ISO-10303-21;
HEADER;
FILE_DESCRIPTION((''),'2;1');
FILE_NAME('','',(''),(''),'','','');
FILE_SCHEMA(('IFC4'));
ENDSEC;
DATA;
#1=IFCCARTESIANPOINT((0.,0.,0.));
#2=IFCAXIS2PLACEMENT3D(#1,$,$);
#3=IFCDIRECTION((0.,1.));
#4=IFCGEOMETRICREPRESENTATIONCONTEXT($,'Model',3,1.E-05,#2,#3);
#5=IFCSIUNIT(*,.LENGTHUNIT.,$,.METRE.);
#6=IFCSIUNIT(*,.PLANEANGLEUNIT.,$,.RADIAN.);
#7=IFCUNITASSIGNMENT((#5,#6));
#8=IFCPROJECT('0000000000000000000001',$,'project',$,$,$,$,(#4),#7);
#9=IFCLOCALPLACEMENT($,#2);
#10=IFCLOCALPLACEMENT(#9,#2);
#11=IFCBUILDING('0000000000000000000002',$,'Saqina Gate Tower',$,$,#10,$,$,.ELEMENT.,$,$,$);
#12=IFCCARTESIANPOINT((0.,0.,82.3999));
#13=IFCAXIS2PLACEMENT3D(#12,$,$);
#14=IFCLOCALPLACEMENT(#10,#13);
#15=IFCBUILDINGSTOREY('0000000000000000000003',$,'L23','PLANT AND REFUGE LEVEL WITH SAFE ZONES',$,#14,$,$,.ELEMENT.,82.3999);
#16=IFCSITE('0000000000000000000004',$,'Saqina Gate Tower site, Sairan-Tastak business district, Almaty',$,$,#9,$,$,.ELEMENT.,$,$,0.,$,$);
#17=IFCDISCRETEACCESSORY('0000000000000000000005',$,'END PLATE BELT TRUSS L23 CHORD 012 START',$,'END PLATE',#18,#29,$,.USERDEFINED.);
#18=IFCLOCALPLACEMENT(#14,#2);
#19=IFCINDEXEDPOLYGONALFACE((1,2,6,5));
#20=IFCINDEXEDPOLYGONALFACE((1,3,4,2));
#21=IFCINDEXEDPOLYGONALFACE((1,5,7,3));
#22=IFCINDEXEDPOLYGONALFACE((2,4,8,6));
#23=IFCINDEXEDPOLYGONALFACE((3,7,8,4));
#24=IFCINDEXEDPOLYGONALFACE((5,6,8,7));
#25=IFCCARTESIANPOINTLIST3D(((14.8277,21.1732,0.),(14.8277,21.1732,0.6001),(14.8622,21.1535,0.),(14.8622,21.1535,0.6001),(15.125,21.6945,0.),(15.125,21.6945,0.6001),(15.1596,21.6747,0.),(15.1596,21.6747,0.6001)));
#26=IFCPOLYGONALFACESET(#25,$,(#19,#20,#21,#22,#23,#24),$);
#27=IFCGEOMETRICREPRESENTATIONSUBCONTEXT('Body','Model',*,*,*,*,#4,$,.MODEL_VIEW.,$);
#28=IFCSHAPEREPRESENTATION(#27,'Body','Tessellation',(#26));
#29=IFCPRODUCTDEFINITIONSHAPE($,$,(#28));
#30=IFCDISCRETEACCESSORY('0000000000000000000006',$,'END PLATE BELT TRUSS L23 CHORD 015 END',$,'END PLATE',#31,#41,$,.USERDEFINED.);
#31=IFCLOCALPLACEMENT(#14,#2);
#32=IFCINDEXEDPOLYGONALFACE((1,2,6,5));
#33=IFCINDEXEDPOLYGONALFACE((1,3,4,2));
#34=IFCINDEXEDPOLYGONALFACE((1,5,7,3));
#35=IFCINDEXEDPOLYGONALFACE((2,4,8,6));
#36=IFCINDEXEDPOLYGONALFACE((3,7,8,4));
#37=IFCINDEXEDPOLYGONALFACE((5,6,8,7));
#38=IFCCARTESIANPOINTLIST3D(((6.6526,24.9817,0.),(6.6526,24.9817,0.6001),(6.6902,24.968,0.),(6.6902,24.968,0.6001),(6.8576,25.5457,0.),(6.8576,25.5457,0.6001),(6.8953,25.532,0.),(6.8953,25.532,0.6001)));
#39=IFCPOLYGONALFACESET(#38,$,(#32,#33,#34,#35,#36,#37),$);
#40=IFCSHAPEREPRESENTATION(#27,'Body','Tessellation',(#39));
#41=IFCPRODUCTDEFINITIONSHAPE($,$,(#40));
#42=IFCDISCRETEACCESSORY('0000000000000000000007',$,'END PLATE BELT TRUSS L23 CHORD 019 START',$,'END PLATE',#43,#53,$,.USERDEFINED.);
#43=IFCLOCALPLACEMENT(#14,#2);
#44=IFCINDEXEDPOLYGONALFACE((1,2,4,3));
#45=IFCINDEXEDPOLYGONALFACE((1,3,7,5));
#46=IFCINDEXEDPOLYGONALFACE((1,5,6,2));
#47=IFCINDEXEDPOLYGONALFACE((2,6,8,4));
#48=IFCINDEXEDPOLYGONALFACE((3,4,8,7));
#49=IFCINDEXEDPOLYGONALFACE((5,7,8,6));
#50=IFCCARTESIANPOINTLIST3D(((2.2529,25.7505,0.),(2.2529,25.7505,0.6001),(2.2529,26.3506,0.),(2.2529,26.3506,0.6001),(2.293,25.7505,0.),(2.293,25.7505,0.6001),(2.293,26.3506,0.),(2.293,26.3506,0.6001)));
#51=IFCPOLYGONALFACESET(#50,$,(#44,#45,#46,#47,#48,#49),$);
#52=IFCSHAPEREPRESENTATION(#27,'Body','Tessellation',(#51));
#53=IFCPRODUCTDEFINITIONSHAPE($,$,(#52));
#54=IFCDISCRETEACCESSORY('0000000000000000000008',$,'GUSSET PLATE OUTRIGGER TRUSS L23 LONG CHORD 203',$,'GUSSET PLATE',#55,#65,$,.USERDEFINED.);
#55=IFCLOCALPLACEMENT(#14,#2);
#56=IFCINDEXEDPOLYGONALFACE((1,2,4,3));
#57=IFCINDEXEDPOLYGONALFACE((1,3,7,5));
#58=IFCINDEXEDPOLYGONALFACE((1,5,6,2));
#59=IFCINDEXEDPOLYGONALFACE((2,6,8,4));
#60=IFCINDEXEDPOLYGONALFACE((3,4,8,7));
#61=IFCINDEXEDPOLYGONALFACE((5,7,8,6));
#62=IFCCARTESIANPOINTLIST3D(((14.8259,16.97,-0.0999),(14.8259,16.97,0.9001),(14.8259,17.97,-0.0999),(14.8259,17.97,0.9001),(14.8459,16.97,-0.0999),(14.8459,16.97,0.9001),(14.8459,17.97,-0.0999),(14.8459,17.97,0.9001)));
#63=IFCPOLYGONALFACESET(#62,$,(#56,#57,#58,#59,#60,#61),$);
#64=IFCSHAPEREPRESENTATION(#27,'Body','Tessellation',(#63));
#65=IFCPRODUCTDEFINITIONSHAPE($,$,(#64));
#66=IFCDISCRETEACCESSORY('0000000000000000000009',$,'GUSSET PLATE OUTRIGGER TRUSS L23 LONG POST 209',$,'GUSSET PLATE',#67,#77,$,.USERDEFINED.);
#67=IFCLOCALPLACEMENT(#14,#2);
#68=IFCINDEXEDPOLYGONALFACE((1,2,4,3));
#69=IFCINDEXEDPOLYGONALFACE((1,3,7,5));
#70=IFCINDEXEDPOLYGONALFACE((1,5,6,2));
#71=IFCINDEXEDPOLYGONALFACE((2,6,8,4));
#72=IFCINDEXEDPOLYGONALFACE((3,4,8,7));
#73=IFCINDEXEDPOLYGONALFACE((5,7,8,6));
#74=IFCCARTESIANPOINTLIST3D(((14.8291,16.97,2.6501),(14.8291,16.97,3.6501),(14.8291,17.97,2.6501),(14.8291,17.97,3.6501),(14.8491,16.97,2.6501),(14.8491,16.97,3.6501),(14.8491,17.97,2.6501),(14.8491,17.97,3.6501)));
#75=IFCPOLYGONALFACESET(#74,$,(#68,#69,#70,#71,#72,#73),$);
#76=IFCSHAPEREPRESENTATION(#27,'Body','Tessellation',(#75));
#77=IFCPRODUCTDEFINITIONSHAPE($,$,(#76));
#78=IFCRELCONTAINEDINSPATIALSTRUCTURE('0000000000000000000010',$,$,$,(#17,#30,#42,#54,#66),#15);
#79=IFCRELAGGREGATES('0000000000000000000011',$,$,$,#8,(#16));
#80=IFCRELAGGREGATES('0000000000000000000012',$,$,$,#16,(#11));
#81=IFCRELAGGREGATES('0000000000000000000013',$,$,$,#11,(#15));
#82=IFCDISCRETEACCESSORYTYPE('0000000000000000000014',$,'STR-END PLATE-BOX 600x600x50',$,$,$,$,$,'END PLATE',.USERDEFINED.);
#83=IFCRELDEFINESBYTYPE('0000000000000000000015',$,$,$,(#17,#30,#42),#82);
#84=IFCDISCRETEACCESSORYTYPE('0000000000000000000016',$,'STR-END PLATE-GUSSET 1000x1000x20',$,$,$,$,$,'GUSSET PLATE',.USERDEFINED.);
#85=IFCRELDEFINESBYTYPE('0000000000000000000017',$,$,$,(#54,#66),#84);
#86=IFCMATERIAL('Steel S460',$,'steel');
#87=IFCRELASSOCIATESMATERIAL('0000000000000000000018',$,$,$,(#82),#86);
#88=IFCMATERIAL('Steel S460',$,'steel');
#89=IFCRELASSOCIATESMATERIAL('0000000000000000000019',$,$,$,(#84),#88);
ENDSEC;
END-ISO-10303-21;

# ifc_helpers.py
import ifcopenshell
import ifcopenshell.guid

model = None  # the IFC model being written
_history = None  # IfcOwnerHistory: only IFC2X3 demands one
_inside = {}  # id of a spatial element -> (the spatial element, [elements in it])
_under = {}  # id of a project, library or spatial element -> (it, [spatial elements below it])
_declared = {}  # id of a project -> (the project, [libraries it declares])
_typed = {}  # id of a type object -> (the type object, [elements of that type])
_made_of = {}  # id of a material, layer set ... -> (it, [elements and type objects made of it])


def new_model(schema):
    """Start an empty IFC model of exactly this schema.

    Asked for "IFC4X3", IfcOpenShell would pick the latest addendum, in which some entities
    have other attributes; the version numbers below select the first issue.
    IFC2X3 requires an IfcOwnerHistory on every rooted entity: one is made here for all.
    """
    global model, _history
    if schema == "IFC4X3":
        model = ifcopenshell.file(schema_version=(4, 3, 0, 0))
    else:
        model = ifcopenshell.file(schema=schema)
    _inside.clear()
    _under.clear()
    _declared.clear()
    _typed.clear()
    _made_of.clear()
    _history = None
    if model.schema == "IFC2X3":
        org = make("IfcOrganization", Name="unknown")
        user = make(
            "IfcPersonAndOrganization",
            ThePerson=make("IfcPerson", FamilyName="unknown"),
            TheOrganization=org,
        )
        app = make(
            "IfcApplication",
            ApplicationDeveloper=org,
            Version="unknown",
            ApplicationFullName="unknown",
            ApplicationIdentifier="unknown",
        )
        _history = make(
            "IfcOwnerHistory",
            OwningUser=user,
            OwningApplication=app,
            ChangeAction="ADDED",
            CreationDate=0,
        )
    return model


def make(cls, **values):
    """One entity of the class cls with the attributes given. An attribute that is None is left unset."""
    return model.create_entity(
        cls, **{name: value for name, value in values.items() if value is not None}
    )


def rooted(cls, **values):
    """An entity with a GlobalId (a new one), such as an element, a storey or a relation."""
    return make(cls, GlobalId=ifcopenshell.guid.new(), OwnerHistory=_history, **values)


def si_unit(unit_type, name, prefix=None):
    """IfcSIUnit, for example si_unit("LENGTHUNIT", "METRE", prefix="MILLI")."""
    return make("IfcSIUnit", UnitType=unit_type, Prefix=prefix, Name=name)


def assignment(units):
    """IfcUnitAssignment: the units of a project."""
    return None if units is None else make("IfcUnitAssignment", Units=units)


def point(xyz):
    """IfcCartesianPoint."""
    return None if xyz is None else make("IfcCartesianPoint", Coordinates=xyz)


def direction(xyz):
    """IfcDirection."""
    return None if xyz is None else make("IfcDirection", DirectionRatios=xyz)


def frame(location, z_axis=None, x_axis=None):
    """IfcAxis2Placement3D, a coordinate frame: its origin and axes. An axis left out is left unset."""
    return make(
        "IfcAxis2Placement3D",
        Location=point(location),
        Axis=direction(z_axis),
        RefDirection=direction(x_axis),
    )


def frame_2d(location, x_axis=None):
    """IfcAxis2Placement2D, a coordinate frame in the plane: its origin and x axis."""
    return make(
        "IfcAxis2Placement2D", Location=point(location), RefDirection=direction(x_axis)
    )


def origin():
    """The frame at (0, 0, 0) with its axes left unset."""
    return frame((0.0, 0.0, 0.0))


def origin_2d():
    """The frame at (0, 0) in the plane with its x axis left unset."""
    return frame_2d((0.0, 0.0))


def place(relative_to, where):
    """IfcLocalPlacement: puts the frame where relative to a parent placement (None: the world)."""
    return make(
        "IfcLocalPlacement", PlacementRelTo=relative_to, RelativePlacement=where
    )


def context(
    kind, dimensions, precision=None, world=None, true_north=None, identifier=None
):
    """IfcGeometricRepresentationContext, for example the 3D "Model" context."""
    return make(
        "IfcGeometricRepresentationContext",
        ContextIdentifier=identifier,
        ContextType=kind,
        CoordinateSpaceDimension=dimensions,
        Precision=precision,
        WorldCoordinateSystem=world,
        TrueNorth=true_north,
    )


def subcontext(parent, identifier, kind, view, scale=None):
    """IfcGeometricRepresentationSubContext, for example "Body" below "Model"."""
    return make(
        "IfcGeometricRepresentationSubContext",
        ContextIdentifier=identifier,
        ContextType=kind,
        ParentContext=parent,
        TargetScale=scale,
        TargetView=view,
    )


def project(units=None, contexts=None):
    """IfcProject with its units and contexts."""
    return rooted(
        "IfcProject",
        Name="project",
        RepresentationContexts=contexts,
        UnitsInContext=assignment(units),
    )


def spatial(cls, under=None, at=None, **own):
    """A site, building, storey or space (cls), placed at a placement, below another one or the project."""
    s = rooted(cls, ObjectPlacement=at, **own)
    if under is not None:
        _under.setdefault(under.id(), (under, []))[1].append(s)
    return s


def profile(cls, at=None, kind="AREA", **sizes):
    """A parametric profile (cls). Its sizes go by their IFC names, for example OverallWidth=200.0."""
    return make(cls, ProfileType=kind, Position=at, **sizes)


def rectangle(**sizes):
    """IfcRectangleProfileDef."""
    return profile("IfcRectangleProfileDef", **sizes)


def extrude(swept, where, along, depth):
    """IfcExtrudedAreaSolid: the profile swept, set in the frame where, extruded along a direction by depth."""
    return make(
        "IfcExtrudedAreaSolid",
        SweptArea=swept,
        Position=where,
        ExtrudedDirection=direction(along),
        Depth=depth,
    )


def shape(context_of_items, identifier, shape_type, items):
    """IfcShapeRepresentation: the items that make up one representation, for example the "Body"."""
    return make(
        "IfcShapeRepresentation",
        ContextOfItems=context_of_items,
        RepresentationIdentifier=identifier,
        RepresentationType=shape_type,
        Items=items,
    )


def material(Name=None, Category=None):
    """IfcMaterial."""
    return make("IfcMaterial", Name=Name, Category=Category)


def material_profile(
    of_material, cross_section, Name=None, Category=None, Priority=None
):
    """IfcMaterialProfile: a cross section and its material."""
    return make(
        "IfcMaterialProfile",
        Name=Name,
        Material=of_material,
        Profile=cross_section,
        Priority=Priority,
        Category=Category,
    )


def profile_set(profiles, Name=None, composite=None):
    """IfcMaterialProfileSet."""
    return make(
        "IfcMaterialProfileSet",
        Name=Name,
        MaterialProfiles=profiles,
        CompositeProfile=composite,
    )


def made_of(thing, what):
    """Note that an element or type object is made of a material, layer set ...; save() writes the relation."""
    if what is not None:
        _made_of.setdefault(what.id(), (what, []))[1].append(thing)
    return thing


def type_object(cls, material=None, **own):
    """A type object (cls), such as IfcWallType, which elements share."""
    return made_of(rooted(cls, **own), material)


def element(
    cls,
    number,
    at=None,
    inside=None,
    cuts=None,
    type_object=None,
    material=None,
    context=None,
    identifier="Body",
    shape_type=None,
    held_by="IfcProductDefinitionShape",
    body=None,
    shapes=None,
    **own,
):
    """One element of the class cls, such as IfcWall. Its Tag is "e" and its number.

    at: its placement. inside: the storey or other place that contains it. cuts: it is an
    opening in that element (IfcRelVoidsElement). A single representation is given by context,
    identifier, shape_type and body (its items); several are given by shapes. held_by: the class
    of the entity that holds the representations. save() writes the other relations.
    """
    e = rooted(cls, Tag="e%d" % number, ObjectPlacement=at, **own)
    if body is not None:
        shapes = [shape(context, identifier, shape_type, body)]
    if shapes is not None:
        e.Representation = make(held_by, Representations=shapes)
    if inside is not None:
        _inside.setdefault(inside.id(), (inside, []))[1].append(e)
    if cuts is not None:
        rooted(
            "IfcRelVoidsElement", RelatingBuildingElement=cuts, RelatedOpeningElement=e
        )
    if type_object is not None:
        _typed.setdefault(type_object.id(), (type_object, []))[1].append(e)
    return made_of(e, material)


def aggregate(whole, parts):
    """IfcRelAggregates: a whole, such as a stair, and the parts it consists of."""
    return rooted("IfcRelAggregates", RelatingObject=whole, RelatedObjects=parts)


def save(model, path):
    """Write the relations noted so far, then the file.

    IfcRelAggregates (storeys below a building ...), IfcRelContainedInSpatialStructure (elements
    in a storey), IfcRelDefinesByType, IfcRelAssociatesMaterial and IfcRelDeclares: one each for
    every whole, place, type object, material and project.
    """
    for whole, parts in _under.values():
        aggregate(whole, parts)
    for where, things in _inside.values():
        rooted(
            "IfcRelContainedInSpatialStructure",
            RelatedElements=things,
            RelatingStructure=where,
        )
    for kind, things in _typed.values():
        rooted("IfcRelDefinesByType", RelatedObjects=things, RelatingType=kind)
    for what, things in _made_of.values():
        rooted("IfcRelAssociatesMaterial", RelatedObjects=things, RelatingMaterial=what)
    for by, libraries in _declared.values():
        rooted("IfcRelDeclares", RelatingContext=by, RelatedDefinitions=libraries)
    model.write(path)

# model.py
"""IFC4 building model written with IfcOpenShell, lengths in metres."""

from ifc_helpers import new_model, si_unit, direction, frame, origin, origin_2d, place, context, subcontext, project, spatial, rectangle, extrude, material, material_profile, profile_set, type_object, element, save


model = new_model("IFC4")

# Units and contexts
model_context = context("Model", 3, precision=1e-05, world=origin(), true_north=direction((0.0, 1.0)))
body_context = subcontext(model_context, "Body", "Model", "MODEL_VIEW")
ifc_project = project(units=[si_unit("LENGTHUNIT", "METRE"), si_unit("PLANEANGLEUNIT", "RADIAN")], contexts=[model_context])

# Site, building, storey
site_placement = place(None, origin())
site = spatial("IfcSite", under=ifc_project, at=site_placement, Name="Saqina Gate Tower site, Sairan-Tastak business district, Almaty", CompositionType="ELEMENT", RefElevation=0.0)
building_placement = place(site_placement, origin())
building = spatial("IfcBuilding", under=site, at=building_placement, Name="Saqina Gate Tower", CompositionType="ELEMENT")
storey_placement = place(building_placement, frame((0.0, 0.0, 82.3999)))
storey = spatial("IfcBuildingStorey", under=building, at=storey_placement, Name="L23", Description="PLANT AND REFUGE LEVEL WITH SAFE ZONES", CompositionType="ELEMENT", Elevation=82.3999)

# Discrete accessories
ifc_material_1 = material(Name="Steel S460", Category="steel")
ifc_material_profile_1 = material_profile(ifc_material_1, rectangle(XDim=0.6001, YDim=0.6001, at=origin_2d()), Name="STR-END PLATE-BOX 600x600x50")
ifc_profile_set_1 = profile_set([ifc_material_profile_1], Name="Steel S460")
discrete_accessory_type_1 = type_object("IfcDiscreteAccessoryType", Name="STR-END PLATE-BOX 600x600x50", ElementType="END PLATE", PredefinedType="USERDEFINED", material=ifc_profile_set_1)
discrete_accessory_1_placement = place(storey_placement, frame((14.9763, 21.4338, 0.3), z_axis=(0.868619, -0.49548, 0.0), x_axis=(-0.49548, -0.868619, 0.0)))
element("IfcDiscreteAccessory", 1, at=discrete_accessory_1_placement, inside=storey, type_object=discrete_accessory_type_1, Name="END PLATE BELT TRUSS L23 CHORD 012 START", ObjectType="END PLATE", PredefinedType="USERDEFINED", context=body_context, shape_type="SweptSolid", body=[
    extrude(rectangle(XDim=0.6001, YDim=0.6001, at=origin_2d()), origin(), (0.0, 0.0, 1.0), 0.0398),
])
for number, where, z_axis, x_axis, name in (
    (2, (6.7927, 25.25, 0.3), (-0.939793, 0.341743, 0.0), (-0.341743, -0.939793, 0.0), "END PLATE BELT TRUSS L23 CHORD 015 END"),
    (3, (2.2529, 26.0505, 0.3), (1.0, 0.0, 0.0), (0.0, -1.0, 0.0), "END PLATE BELT TRUSS L23 CHORD 019 START"),
):
    element("IfcDiscreteAccessory", number, at=place(storey_placement, frame(where, z_axis=z_axis, x_axis=x_axis)), inside=storey, type_object=discrete_accessory_type_1, Name=name, ObjectType="END PLATE", PredefinedType="USERDEFINED", context=body_context, shape_type="SweptSolid", body=[
        extrude(rectangle(XDim=0.6001, YDim=0.6001, at=origin_2d()), origin(), (0.0, 0.0, 1.0), 0.04),
    ])
ifc_material_2 = material(Name="Steel S460", Category="steel")
ifc_material_profile_2 = material_profile(ifc_material_2, rectangle(XDim=1.0, YDim=1.0, at=origin_2d()), Name="STR-END PLATE-GUSSET 1000x1000x20")
ifc_profile_set_2 = profile_set([ifc_material_profile_2], Name="Steel S460")
discrete_accessory_type_2 = type_object("IfcDiscreteAccessoryType", Name="STR-END PLATE-GUSSET 1000x1000x20", ElementType="GUSSET PLATE", PredefinedType="USERDEFINED", material=ifc_profile_set_2)
for number, where, z_axis, x_axis, name in (
    (4, (14.8459, 17.47, 0.4001), (-1.0, 0.0, 0.0), (0.0, -1.0, 0.0), "GUSSET PLATE OUTRIGGER TRUSS L23 LONG CHORD 203"),
    (5, (14.8491, 17.47, 3.1501), (-1.0, 0.0, 0.0), (0.0, -1.0, 0.0), "GUSSET PLATE OUTRIGGER TRUSS L23 LONG POST 209"),
):
    element("IfcDiscreteAccessory", number, at=place(storey_placement, frame(where, z_axis=z_axis, x_axis=x_axis)), inside=storey, type_object=discrete_accessory_type_2, Name=name, ObjectType="GUSSET PLATE", PredefinedType="USERDEFINED", context=body_context, shape_type="SweptSolid", body=[
        extrude(rectangle(XDim=1.0, YDim=1.0, at=origin_2d()), origin(), (0.0, 0.0, 1.0), 0.02),
    ])

save(model, "model.ifc")
